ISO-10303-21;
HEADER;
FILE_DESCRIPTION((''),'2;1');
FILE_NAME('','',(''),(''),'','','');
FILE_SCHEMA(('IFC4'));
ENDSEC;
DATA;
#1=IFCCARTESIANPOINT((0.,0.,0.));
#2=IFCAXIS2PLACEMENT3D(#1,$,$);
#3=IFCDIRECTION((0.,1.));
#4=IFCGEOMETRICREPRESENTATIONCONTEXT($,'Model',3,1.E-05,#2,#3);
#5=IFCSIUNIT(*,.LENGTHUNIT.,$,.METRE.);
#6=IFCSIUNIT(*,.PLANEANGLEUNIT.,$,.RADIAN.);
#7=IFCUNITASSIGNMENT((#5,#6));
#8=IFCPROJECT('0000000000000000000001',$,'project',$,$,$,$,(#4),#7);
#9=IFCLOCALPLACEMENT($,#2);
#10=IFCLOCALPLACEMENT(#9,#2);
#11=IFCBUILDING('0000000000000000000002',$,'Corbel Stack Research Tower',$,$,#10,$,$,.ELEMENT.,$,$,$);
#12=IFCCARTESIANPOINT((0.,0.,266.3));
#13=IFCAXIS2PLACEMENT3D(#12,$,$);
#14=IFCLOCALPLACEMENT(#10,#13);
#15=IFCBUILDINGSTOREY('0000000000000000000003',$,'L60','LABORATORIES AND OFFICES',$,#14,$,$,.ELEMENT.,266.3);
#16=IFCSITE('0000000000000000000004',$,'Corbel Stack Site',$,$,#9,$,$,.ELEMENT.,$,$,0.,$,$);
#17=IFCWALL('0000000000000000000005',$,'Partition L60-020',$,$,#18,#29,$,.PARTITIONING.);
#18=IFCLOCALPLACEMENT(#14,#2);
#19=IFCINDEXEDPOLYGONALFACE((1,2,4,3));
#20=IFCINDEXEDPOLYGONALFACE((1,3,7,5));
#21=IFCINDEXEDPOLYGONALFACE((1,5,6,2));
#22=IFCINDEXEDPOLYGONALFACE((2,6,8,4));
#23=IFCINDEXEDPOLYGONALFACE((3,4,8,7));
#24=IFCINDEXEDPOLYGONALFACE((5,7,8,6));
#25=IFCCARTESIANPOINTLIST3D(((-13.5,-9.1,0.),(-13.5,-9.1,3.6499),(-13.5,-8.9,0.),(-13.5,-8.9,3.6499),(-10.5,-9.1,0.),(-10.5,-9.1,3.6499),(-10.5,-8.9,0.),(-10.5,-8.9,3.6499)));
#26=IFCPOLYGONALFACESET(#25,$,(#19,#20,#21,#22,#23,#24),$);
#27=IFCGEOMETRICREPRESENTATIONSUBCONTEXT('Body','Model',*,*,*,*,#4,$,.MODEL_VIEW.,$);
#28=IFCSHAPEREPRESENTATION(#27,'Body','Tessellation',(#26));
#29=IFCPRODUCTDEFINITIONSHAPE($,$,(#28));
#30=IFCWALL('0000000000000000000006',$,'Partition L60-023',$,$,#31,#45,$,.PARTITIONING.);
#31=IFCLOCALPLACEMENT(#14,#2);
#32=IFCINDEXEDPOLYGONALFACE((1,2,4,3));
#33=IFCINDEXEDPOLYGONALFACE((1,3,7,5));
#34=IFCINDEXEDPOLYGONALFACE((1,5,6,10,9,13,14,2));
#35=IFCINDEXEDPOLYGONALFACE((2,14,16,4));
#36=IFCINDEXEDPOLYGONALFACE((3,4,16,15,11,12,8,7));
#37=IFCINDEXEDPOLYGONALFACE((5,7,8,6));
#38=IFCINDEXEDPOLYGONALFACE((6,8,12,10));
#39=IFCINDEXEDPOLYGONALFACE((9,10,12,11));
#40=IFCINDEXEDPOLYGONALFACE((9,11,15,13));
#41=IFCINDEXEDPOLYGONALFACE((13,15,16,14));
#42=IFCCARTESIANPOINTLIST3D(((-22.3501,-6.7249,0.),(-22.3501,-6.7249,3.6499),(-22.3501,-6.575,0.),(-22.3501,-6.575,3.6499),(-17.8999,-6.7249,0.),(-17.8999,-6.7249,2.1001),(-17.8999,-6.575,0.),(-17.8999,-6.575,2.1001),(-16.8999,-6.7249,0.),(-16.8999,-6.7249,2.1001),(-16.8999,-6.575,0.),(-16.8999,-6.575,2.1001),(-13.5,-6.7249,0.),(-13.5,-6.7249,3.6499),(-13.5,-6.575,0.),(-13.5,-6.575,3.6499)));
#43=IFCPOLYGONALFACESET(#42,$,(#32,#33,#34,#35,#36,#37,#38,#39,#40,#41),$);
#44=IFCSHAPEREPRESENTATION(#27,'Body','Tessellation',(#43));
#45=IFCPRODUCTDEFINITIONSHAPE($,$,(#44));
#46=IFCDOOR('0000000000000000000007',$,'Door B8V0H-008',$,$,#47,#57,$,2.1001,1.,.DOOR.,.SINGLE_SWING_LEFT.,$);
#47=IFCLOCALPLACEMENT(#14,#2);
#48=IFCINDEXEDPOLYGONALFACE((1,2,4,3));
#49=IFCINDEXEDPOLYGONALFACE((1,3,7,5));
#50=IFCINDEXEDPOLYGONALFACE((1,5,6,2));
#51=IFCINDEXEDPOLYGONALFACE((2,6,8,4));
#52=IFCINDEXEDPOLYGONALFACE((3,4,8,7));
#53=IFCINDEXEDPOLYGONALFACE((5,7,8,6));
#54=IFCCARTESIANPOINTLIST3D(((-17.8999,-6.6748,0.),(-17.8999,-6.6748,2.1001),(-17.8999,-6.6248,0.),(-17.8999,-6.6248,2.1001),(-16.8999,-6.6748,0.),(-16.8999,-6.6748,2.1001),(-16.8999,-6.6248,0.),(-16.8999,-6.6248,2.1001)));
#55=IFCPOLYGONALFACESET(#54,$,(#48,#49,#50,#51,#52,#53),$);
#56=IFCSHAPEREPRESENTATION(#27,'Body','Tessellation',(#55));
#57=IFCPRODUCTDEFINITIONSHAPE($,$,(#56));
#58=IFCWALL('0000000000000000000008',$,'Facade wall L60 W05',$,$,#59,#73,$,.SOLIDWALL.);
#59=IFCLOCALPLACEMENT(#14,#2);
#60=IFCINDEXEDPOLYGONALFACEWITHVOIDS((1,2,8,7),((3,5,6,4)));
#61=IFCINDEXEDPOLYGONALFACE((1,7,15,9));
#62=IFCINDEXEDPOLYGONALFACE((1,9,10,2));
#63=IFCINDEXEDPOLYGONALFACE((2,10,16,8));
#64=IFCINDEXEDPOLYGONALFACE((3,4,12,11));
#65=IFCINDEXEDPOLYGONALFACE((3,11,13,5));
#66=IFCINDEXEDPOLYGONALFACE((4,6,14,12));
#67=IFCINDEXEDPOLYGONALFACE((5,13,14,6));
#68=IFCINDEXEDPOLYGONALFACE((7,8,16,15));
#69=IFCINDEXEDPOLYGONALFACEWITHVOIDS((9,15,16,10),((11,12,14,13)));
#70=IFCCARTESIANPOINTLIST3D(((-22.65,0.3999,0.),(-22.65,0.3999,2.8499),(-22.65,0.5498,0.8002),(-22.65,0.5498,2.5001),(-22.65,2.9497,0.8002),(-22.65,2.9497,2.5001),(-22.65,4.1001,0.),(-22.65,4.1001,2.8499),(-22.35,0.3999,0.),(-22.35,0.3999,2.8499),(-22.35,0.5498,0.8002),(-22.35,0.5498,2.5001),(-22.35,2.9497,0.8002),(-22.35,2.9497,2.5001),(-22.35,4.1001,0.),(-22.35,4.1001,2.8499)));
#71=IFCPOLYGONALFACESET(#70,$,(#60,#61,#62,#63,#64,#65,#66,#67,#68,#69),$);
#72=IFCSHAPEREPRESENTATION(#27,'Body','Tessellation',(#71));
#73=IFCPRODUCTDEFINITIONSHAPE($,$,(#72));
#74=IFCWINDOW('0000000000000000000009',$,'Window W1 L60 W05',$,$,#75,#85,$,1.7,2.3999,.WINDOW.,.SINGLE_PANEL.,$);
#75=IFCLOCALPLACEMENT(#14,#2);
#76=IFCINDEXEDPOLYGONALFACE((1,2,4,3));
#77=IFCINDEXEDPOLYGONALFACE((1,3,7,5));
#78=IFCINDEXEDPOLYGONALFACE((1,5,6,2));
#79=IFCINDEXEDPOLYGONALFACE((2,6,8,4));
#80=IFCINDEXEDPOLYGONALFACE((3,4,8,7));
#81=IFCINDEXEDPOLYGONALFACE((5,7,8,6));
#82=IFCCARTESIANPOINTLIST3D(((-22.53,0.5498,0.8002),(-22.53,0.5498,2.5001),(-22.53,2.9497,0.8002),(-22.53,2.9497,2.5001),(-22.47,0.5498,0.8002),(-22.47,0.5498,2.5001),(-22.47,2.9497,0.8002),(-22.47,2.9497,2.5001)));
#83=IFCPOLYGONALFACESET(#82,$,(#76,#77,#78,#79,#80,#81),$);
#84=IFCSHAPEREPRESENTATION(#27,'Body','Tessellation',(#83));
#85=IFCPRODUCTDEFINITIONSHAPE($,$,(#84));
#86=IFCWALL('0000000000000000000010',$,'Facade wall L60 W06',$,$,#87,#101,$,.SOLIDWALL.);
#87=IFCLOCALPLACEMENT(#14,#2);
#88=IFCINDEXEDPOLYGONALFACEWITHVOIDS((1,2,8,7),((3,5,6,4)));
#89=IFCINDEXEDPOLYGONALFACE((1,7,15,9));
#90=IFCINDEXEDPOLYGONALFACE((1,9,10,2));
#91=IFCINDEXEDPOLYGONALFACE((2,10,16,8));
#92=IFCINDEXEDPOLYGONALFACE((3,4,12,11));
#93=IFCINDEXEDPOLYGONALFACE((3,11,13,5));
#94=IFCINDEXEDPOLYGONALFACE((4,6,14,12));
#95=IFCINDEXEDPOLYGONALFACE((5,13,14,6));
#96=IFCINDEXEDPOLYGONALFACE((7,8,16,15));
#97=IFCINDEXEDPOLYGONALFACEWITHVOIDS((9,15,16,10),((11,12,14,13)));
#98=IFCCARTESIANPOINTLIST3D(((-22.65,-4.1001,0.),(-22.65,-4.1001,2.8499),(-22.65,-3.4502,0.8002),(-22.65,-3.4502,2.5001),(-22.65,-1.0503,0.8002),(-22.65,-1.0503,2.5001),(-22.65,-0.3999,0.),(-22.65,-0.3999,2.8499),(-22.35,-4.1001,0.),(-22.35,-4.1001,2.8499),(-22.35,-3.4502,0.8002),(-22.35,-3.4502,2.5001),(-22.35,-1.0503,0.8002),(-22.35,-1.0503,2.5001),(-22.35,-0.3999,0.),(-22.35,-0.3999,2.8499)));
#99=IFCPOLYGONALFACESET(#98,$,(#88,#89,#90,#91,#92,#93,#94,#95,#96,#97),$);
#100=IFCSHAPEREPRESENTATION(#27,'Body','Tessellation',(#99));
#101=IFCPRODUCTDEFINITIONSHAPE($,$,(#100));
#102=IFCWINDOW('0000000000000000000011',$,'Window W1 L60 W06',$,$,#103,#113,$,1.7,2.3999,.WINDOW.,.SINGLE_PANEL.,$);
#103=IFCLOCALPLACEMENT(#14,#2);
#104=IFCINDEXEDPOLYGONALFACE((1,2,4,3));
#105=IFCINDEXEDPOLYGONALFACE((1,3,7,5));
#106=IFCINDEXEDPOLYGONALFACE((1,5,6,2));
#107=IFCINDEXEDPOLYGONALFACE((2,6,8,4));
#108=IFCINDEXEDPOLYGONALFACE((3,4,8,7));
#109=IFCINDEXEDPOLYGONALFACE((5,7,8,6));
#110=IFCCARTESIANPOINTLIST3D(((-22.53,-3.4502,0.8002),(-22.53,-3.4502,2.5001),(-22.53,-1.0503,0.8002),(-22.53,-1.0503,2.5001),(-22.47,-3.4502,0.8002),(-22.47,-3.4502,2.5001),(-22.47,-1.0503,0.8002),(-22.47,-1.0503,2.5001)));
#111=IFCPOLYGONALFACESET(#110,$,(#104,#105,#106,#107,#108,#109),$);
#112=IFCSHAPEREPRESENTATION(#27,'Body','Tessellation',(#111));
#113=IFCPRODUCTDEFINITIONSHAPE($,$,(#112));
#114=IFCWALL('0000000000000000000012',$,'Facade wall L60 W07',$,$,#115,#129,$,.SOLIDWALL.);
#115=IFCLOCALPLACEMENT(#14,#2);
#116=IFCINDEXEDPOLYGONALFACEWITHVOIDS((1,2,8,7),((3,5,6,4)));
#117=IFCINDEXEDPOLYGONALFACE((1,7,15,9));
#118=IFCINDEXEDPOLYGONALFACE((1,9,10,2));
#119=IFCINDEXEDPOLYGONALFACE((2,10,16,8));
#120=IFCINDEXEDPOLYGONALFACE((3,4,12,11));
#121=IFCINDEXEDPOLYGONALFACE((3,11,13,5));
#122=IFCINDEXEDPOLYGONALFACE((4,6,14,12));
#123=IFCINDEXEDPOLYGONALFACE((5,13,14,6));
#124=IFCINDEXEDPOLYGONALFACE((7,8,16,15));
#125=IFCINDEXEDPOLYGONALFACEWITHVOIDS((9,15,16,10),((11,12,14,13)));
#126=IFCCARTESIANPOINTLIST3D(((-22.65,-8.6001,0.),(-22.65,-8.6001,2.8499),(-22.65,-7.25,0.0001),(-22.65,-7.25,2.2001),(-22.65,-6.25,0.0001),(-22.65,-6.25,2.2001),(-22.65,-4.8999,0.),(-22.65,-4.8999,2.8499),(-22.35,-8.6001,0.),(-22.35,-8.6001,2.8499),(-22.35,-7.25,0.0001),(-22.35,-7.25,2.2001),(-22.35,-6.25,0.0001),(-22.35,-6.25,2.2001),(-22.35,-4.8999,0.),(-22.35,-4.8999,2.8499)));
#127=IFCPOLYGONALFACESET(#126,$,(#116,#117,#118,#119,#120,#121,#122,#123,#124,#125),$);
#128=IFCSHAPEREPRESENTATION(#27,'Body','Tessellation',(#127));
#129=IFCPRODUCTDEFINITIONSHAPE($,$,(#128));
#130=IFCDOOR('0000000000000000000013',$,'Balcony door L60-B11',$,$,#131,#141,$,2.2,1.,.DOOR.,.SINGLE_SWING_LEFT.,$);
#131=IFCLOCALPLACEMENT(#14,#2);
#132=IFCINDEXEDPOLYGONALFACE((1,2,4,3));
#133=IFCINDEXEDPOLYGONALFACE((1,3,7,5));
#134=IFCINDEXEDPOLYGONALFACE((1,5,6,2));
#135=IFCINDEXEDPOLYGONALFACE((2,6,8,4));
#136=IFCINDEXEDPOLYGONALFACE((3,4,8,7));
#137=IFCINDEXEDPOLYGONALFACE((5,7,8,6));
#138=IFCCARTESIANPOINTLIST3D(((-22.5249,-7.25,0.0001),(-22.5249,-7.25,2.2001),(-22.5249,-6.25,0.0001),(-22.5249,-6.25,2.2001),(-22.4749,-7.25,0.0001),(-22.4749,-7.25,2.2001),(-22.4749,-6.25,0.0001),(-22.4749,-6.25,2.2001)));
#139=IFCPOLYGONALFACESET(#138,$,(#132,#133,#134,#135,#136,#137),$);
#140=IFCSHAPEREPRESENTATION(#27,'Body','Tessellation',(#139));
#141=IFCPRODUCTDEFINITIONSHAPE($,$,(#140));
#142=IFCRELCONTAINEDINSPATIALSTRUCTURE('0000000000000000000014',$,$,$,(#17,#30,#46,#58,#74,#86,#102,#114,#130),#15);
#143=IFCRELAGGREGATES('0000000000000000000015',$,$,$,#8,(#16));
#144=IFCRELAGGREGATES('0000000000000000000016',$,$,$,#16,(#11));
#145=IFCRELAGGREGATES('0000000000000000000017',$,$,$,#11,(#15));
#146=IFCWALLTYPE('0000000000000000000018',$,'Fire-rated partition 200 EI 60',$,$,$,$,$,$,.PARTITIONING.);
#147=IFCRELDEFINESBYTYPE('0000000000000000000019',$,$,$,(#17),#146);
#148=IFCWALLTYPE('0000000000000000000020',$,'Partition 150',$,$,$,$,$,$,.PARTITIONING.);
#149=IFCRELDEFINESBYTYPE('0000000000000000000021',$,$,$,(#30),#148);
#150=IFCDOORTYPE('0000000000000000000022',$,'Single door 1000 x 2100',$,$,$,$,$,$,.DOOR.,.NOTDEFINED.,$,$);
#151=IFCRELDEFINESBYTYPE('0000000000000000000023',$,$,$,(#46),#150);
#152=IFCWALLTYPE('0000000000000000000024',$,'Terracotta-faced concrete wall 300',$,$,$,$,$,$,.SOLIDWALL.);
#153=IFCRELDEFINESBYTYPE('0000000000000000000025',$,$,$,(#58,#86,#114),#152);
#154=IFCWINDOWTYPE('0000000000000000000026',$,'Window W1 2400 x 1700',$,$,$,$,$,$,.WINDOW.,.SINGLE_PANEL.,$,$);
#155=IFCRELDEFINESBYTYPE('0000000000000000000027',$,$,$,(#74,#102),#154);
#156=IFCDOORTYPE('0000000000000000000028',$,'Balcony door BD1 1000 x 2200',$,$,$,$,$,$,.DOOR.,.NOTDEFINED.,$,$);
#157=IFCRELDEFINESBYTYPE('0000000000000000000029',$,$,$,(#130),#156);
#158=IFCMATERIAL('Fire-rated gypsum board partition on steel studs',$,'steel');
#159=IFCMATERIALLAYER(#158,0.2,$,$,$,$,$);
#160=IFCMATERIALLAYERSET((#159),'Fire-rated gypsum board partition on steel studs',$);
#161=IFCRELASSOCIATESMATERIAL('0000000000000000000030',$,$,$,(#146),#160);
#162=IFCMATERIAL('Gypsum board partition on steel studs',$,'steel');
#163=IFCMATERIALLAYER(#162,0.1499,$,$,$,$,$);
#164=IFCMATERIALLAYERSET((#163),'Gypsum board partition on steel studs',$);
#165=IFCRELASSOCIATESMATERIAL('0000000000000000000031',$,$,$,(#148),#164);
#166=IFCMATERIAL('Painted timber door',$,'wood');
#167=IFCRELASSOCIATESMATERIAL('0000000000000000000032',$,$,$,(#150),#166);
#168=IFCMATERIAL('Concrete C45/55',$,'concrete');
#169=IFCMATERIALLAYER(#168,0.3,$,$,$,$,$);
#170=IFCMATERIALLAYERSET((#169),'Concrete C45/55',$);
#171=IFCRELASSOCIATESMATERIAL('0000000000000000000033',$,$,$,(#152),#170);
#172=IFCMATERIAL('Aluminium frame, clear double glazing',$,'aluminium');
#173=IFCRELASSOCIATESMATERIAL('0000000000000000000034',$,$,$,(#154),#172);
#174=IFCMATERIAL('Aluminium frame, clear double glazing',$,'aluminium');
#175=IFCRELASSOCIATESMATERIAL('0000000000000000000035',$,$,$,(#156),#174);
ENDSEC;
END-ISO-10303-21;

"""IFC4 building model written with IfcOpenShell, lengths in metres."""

from ifc_helpers import new_model, si_unit, direction, frame, frame_2d, origin, place, context, subcontext, project, spatial, rectangle, extrude, material, layer, layer_set, type_object, element, fill, save


model = new_model("IFC4")

# Units and contexts
model_context = context("Model", 3, precision=1e-05, world=origin(), true_north=direction((0.0, 1.0)))
body_context = subcontext(model_context, "Body", "Model", "MODEL_VIEW")
ifc_project = project(units=[si_unit("LENGTHUNIT", "METRE"), si_unit("PLANEANGLEUNIT", "RADIAN")], contexts=[model_context])

# Site, building, storey
site_placement = place(None, origin())
site = spatial("IfcSite", under=ifc_project, at=site_placement, Name="Corbel Stack Site", CompositionType="ELEMENT", RefElevation=0.0)
building_placement = place(site_placement, origin())
building = spatial("IfcBuilding", under=site, at=building_placement, Name="Corbel Stack Research Tower", CompositionType="ELEMENT")
storey_placement = place(building_placement, frame((0.0, 0.0, 266.3)))
storey = spatial("IfcBuildingStorey", under=building, at=storey_placement, Name="L60", Description="LABORATORIES AND OFFICES", CompositionType="ELEMENT", Elevation=266.3)

# Shared definitions
ifc_material_1 = material(Name="Fire-rated gypsum board partition on steel studs", Category="steel")
ifc_layer_1 = layer(ifc_material_1, 0.2)
ifc_layer_set_1 = layer_set([ifc_layer_1], Name="Fire-rated gypsum board partition on steel studs")
wall_type_1 = type_object("IfcWallType", Name="Fire-rated partition 200 EI 60", PredefinedType="PARTITIONING", material=ifc_layer_set_1)

# Wall
wall_1_placement = place(storey_placement, frame((-13.5, -9.0, 0.0), z_axis=(0.0, 0.0, 1.0), x_axis=(1.0, 0.0, 0.0)))
element("IfcWall", 1, at=wall_1_placement, inside=storey, type_object=wall_type_1, Name="Partition L60-020", PredefinedType="PARTITIONING", context=body_context, shape_type="SweptSolid", body=[
    extrude(rectangle(XDim=3.0, YDim=0.2, at=frame_2d((1.5, 0.0))), origin(), (0.0, 0.0, 1.0), 3.6499),
])

# Wall, opening, door
ifc_material_2 = material(Name="Gypsum board partition on steel studs", Category="steel")
ifc_layer_2 = layer(ifc_material_2, 0.1499)
ifc_layer_set_2 = layer_set([ifc_layer_2], Name="Gypsum board partition on steel studs")
wall_type_2 = type_object("IfcWallType", Name="Partition 150", PredefinedType="PARTITIONING", material=ifc_layer_set_2)
wall_2_placement = place(storey_placement, frame((-13.5, -6.6499, 0.0), z_axis=(0.0, 0.0, 1.0), x_axis=(-1.0, 0.0, 0.0)))
wall_2 = element("IfcWall", 2, at=wall_2_placement, inside=storey, type_object=wall_type_2, Name="Partition L60-023", PredefinedType="PARTITIONING", context=body_context, shape_type="SweptSolid", body=[
    extrude(rectangle(XDim=8.8501, YDim=0.1499, at=frame_2d((4.425, 0.0))), origin(), (0.0, 0.0, 1.0), 3.6499),
])
opening_1_placement = place(wall_2_placement, frame((3.3999, 0.0, 0.0)))
opening_1 = element("IfcOpeningElement", 3, at=opening_1_placement, cuts=wall_2, PredefinedType="OPENING", context=body_context, shape_type="SweptSolid", body=[
    extrude(rectangle(XDim=1.0, YDim=2.1001, at=frame_2d((0.5, 1.05))), frame((0.0, 0.085, 0.0), z_axis=(0.0, -1.0, 0.0), x_axis=(1.0, 0.0, 0.0)), (0.0, 0.0, 1.0), 0.1699),
])
ifc_material_3 = material(Name="Painted timber door", Category="wood")
door_type_1 = type_object("IfcDoorType", Name="Single door 1000 x 2100", OperationType="NOTDEFINED", PredefinedType="DOOR", material=ifc_material_3)
door_1_placement = place(opening_1_placement, origin())
door_1 = element("IfcDoor", 4, at=door_1_placement, inside=storey, type_object=door_type_1, Name="Door B8V0H-008", OperationType="SINGLE_SWING_LEFT", OverallHeight=2.1001, OverallWidth=1.0, PredefinedType="DOOR", context=body_context, shape_type="SweptSolid", body=[
    extrude(rectangle(XDim=1.0, YDim=2.1001, at=frame_2d((0.5, 1.05))), frame((0.0, 0.0249, 0.0), z_axis=(0.0, -1.0, 0.0), x_axis=(1.0, 0.0, 0.0)), (0.0, 0.0, 1.0), 0.05),
])
fill(opening_1, door_1)

# Walls, openings, windows
ifc_material_4 = material(Name="Concrete C45/55", Category="concrete")
ifc_layer_3 = layer(ifc_material_4, 0.3)
ifc_layer_set_3 = layer_set([ifc_layer_3], Name="Concrete C45/55")
wall_type_3 = type_object("IfcWallType", Name="Terracotta-faced concrete wall 300", PredefinedType="SOLIDWALL", material=ifc_layer_set_3)
wall_3_placement = place(storey_placement, frame((-22.5, 0.3999, 0.0), z_axis=(0.0, 0.0, 1.0), x_axis=(0.0, 1.0, 0.0)))
wall_3 = element("IfcWall", 5, at=wall_3_placement, inside=storey, type_object=wall_type_3, Name="Facade wall L60 W05", PredefinedType="SOLIDWALL", context=body_context, shape_type="SweptSolid", body=[
    extrude(rectangle(XDim=3.7002, YDim=0.3, at=frame_2d((1.8501, 0.0))), origin(), (0.0, 0.0, 1.0), 2.8499),
])
opening_2_placement = place(wall_3_placement, frame((0.1499, 0.0, 0.8)))
opening_2 = element("IfcOpeningElement", 6, at=opening_2_placement, cuts=wall_3, PredefinedType="OPENING", context=body_context, shape_type="SweptSolid", body=[
    extrude(rectangle(XDim=2.3999, YDim=1.7, at=frame_2d((1.2, 0.8501))), frame((0.0, 0.1599, 0.0), z_axis=(0.0, -1.0, 0.0), x_axis=(1.0, 0.0, 0.0)), (0.0, 0.0, 1.0), 0.3201),
])
ifc_material_5 = material(Name="Aluminium frame, clear double glazing", Category="aluminium")
window_type = type_object("IfcWindowType", Name="Window W1 2400 x 1700", PartitioningType="SINGLE_PANEL", PredefinedType="WINDOW", material=ifc_material_5)
window_1_placement = place(opening_2_placement, origin())
window_1 = element("IfcWindow", 7, at=window_1_placement, inside=storey, type_object=window_type, Name="Window W1 L60 W05", OverallHeight=1.7, OverallWidth=2.3999, PartitioningType="SINGLE_PANEL", PredefinedType="WINDOW", context=body_context, shape_type="SweptSolid", body=[
    extrude(rectangle(XDim=2.3999, YDim=1.7, at=frame_2d((1.2, 0.8501))), frame((0.0, 0.03, 0.0), z_axis=(0.0, -1.0, 0.0), x_axis=(1.0, 0.0, 0.0)), (0.0, 0.0, 1.0), 0.0601),
])
fill(opening_2, window_1)
wall_4_placement = place(storey_placement, frame((-22.5, -4.1001, 0.0), z_axis=(0.0, 0.0, 1.0), x_axis=(0.0, 1.0, 0.0)))
wall_4 = element("IfcWall", 8, at=wall_4_placement, inside=storey, type_object=wall_type_3, Name="Facade wall L60 W06", PredefinedType="SOLIDWALL", context=body_context, shape_type="SweptSolid", body=[
    extrude(rectangle(XDim=3.7002, YDim=0.3, at=frame_2d((1.8501, 0.0))), origin(), (0.0, 0.0, 1.0), 2.8499),
])
opening_3_placement = place(wall_4_placement, frame((0.6499, 0.0, 0.8)))
opening_3 = element("IfcOpeningElement", 9, at=opening_3_placement, cuts=wall_4, PredefinedType="OPENING", context=body_context, shape_type="SweptSolid", body=[
    extrude(rectangle(XDim=2.3999, YDim=1.7, at=frame_2d((1.2, 0.8501))), frame((0.0, 0.1599, 0.0), z_axis=(0.0, -1.0, 0.0), x_axis=(1.0, 0.0, 0.0)), (0.0, 0.0, 1.0), 0.3201),
])
window_2_placement = place(opening_3_placement, origin())
window_2 = element("IfcWindow", 10, at=window_2_placement, inside=storey, type_object=window_type, Name="Window W1 L60 W06", OverallHeight=1.7, OverallWidth=2.3999, PartitioningType="SINGLE_PANEL", PredefinedType="WINDOW", context=body_context, shape_type="SweptSolid", body=[
    extrude(rectangle(XDim=2.3999, YDim=1.7, at=frame_2d((1.2, 0.8501))), frame((0.0, 0.03, 0.0), z_axis=(0.0, -1.0, 0.0), x_axis=(1.0, 0.0, 0.0)), (0.0, 0.0, 1.0), 0.0601),
])
fill(opening_3, window_2)

# Wall, opening, door
wall_5_placement = place(storey_placement, frame((-22.5, -8.6001, 0.0), z_axis=(0.0, 0.0, 1.0), x_axis=(0.0, 1.0, 0.0)))
wall_5 = element("IfcWall", 11, at=wall_5_placement, inside=storey, type_object=wall_type_3, Name="Facade wall L60 W07", PredefinedType="SOLIDWALL", context=body_context, shape_type="SweptSolid", body=[
    extrude(rectangle(XDim=3.7002, YDim=0.3, at=frame_2d((1.8501, 0.0))), origin(), (0.0, 0.0, 1.0), 2.8499),
])
opening_4_placement = place(wall_5_placement, frame((1.3501, 0.0, 0.0)))
opening_4 = element("IfcOpeningElement", 12, at=opening_4_placement, cuts=wall_5, PredefinedType="OPENING", context=body_context, shape_type="SweptSolid", body=[
    extrude(rectangle(XDim=1.0, YDim=2.2, at=frame_2d((0.5, 1.1001))), frame((0.0, 0.1599, 0.0), z_axis=(0.0, -1.0, 0.0), x_axis=(1.0, 0.0, 0.0)), (0.0, 0.0, 1.0), 0.3201),
])
ifc_material_6 = material(Name="Aluminium frame, clear double glazing", Category="aluminium")
door_type_2 = type_object("IfcDoorType", Name="Balcony door BD1 1000 x 2200", OperationType="NOTDEFINED", PredefinedType="DOOR", material=ifc_material_6)
door_2_placement = place(opening_4_placement, origin())
door_2 = element("IfcDoor", 13, at=door_2_placement, inside=storey, type_object=door_type_2, Name="Balcony door L60-B11", OperationType="SINGLE_SWING_LEFT", OverallHeight=2.2, OverallWidth=1.0, PredefinedType="DOOR", context=body_context, shape_type="SweptSolid", body=[
    extrude(rectangle(XDim=1.0, YDim=2.2, at=frame_2d((0.5, 1.1001))), frame((0.0, 0.0249, 0.0), z_axis=(0.0, -1.0, 0.0), x_axis=(1.0, 0.0, 0.0)), (0.0, 0.0, 1.0), 0.05),
])
fill(opening_4, door_2)

save(model, "model.ifc")
